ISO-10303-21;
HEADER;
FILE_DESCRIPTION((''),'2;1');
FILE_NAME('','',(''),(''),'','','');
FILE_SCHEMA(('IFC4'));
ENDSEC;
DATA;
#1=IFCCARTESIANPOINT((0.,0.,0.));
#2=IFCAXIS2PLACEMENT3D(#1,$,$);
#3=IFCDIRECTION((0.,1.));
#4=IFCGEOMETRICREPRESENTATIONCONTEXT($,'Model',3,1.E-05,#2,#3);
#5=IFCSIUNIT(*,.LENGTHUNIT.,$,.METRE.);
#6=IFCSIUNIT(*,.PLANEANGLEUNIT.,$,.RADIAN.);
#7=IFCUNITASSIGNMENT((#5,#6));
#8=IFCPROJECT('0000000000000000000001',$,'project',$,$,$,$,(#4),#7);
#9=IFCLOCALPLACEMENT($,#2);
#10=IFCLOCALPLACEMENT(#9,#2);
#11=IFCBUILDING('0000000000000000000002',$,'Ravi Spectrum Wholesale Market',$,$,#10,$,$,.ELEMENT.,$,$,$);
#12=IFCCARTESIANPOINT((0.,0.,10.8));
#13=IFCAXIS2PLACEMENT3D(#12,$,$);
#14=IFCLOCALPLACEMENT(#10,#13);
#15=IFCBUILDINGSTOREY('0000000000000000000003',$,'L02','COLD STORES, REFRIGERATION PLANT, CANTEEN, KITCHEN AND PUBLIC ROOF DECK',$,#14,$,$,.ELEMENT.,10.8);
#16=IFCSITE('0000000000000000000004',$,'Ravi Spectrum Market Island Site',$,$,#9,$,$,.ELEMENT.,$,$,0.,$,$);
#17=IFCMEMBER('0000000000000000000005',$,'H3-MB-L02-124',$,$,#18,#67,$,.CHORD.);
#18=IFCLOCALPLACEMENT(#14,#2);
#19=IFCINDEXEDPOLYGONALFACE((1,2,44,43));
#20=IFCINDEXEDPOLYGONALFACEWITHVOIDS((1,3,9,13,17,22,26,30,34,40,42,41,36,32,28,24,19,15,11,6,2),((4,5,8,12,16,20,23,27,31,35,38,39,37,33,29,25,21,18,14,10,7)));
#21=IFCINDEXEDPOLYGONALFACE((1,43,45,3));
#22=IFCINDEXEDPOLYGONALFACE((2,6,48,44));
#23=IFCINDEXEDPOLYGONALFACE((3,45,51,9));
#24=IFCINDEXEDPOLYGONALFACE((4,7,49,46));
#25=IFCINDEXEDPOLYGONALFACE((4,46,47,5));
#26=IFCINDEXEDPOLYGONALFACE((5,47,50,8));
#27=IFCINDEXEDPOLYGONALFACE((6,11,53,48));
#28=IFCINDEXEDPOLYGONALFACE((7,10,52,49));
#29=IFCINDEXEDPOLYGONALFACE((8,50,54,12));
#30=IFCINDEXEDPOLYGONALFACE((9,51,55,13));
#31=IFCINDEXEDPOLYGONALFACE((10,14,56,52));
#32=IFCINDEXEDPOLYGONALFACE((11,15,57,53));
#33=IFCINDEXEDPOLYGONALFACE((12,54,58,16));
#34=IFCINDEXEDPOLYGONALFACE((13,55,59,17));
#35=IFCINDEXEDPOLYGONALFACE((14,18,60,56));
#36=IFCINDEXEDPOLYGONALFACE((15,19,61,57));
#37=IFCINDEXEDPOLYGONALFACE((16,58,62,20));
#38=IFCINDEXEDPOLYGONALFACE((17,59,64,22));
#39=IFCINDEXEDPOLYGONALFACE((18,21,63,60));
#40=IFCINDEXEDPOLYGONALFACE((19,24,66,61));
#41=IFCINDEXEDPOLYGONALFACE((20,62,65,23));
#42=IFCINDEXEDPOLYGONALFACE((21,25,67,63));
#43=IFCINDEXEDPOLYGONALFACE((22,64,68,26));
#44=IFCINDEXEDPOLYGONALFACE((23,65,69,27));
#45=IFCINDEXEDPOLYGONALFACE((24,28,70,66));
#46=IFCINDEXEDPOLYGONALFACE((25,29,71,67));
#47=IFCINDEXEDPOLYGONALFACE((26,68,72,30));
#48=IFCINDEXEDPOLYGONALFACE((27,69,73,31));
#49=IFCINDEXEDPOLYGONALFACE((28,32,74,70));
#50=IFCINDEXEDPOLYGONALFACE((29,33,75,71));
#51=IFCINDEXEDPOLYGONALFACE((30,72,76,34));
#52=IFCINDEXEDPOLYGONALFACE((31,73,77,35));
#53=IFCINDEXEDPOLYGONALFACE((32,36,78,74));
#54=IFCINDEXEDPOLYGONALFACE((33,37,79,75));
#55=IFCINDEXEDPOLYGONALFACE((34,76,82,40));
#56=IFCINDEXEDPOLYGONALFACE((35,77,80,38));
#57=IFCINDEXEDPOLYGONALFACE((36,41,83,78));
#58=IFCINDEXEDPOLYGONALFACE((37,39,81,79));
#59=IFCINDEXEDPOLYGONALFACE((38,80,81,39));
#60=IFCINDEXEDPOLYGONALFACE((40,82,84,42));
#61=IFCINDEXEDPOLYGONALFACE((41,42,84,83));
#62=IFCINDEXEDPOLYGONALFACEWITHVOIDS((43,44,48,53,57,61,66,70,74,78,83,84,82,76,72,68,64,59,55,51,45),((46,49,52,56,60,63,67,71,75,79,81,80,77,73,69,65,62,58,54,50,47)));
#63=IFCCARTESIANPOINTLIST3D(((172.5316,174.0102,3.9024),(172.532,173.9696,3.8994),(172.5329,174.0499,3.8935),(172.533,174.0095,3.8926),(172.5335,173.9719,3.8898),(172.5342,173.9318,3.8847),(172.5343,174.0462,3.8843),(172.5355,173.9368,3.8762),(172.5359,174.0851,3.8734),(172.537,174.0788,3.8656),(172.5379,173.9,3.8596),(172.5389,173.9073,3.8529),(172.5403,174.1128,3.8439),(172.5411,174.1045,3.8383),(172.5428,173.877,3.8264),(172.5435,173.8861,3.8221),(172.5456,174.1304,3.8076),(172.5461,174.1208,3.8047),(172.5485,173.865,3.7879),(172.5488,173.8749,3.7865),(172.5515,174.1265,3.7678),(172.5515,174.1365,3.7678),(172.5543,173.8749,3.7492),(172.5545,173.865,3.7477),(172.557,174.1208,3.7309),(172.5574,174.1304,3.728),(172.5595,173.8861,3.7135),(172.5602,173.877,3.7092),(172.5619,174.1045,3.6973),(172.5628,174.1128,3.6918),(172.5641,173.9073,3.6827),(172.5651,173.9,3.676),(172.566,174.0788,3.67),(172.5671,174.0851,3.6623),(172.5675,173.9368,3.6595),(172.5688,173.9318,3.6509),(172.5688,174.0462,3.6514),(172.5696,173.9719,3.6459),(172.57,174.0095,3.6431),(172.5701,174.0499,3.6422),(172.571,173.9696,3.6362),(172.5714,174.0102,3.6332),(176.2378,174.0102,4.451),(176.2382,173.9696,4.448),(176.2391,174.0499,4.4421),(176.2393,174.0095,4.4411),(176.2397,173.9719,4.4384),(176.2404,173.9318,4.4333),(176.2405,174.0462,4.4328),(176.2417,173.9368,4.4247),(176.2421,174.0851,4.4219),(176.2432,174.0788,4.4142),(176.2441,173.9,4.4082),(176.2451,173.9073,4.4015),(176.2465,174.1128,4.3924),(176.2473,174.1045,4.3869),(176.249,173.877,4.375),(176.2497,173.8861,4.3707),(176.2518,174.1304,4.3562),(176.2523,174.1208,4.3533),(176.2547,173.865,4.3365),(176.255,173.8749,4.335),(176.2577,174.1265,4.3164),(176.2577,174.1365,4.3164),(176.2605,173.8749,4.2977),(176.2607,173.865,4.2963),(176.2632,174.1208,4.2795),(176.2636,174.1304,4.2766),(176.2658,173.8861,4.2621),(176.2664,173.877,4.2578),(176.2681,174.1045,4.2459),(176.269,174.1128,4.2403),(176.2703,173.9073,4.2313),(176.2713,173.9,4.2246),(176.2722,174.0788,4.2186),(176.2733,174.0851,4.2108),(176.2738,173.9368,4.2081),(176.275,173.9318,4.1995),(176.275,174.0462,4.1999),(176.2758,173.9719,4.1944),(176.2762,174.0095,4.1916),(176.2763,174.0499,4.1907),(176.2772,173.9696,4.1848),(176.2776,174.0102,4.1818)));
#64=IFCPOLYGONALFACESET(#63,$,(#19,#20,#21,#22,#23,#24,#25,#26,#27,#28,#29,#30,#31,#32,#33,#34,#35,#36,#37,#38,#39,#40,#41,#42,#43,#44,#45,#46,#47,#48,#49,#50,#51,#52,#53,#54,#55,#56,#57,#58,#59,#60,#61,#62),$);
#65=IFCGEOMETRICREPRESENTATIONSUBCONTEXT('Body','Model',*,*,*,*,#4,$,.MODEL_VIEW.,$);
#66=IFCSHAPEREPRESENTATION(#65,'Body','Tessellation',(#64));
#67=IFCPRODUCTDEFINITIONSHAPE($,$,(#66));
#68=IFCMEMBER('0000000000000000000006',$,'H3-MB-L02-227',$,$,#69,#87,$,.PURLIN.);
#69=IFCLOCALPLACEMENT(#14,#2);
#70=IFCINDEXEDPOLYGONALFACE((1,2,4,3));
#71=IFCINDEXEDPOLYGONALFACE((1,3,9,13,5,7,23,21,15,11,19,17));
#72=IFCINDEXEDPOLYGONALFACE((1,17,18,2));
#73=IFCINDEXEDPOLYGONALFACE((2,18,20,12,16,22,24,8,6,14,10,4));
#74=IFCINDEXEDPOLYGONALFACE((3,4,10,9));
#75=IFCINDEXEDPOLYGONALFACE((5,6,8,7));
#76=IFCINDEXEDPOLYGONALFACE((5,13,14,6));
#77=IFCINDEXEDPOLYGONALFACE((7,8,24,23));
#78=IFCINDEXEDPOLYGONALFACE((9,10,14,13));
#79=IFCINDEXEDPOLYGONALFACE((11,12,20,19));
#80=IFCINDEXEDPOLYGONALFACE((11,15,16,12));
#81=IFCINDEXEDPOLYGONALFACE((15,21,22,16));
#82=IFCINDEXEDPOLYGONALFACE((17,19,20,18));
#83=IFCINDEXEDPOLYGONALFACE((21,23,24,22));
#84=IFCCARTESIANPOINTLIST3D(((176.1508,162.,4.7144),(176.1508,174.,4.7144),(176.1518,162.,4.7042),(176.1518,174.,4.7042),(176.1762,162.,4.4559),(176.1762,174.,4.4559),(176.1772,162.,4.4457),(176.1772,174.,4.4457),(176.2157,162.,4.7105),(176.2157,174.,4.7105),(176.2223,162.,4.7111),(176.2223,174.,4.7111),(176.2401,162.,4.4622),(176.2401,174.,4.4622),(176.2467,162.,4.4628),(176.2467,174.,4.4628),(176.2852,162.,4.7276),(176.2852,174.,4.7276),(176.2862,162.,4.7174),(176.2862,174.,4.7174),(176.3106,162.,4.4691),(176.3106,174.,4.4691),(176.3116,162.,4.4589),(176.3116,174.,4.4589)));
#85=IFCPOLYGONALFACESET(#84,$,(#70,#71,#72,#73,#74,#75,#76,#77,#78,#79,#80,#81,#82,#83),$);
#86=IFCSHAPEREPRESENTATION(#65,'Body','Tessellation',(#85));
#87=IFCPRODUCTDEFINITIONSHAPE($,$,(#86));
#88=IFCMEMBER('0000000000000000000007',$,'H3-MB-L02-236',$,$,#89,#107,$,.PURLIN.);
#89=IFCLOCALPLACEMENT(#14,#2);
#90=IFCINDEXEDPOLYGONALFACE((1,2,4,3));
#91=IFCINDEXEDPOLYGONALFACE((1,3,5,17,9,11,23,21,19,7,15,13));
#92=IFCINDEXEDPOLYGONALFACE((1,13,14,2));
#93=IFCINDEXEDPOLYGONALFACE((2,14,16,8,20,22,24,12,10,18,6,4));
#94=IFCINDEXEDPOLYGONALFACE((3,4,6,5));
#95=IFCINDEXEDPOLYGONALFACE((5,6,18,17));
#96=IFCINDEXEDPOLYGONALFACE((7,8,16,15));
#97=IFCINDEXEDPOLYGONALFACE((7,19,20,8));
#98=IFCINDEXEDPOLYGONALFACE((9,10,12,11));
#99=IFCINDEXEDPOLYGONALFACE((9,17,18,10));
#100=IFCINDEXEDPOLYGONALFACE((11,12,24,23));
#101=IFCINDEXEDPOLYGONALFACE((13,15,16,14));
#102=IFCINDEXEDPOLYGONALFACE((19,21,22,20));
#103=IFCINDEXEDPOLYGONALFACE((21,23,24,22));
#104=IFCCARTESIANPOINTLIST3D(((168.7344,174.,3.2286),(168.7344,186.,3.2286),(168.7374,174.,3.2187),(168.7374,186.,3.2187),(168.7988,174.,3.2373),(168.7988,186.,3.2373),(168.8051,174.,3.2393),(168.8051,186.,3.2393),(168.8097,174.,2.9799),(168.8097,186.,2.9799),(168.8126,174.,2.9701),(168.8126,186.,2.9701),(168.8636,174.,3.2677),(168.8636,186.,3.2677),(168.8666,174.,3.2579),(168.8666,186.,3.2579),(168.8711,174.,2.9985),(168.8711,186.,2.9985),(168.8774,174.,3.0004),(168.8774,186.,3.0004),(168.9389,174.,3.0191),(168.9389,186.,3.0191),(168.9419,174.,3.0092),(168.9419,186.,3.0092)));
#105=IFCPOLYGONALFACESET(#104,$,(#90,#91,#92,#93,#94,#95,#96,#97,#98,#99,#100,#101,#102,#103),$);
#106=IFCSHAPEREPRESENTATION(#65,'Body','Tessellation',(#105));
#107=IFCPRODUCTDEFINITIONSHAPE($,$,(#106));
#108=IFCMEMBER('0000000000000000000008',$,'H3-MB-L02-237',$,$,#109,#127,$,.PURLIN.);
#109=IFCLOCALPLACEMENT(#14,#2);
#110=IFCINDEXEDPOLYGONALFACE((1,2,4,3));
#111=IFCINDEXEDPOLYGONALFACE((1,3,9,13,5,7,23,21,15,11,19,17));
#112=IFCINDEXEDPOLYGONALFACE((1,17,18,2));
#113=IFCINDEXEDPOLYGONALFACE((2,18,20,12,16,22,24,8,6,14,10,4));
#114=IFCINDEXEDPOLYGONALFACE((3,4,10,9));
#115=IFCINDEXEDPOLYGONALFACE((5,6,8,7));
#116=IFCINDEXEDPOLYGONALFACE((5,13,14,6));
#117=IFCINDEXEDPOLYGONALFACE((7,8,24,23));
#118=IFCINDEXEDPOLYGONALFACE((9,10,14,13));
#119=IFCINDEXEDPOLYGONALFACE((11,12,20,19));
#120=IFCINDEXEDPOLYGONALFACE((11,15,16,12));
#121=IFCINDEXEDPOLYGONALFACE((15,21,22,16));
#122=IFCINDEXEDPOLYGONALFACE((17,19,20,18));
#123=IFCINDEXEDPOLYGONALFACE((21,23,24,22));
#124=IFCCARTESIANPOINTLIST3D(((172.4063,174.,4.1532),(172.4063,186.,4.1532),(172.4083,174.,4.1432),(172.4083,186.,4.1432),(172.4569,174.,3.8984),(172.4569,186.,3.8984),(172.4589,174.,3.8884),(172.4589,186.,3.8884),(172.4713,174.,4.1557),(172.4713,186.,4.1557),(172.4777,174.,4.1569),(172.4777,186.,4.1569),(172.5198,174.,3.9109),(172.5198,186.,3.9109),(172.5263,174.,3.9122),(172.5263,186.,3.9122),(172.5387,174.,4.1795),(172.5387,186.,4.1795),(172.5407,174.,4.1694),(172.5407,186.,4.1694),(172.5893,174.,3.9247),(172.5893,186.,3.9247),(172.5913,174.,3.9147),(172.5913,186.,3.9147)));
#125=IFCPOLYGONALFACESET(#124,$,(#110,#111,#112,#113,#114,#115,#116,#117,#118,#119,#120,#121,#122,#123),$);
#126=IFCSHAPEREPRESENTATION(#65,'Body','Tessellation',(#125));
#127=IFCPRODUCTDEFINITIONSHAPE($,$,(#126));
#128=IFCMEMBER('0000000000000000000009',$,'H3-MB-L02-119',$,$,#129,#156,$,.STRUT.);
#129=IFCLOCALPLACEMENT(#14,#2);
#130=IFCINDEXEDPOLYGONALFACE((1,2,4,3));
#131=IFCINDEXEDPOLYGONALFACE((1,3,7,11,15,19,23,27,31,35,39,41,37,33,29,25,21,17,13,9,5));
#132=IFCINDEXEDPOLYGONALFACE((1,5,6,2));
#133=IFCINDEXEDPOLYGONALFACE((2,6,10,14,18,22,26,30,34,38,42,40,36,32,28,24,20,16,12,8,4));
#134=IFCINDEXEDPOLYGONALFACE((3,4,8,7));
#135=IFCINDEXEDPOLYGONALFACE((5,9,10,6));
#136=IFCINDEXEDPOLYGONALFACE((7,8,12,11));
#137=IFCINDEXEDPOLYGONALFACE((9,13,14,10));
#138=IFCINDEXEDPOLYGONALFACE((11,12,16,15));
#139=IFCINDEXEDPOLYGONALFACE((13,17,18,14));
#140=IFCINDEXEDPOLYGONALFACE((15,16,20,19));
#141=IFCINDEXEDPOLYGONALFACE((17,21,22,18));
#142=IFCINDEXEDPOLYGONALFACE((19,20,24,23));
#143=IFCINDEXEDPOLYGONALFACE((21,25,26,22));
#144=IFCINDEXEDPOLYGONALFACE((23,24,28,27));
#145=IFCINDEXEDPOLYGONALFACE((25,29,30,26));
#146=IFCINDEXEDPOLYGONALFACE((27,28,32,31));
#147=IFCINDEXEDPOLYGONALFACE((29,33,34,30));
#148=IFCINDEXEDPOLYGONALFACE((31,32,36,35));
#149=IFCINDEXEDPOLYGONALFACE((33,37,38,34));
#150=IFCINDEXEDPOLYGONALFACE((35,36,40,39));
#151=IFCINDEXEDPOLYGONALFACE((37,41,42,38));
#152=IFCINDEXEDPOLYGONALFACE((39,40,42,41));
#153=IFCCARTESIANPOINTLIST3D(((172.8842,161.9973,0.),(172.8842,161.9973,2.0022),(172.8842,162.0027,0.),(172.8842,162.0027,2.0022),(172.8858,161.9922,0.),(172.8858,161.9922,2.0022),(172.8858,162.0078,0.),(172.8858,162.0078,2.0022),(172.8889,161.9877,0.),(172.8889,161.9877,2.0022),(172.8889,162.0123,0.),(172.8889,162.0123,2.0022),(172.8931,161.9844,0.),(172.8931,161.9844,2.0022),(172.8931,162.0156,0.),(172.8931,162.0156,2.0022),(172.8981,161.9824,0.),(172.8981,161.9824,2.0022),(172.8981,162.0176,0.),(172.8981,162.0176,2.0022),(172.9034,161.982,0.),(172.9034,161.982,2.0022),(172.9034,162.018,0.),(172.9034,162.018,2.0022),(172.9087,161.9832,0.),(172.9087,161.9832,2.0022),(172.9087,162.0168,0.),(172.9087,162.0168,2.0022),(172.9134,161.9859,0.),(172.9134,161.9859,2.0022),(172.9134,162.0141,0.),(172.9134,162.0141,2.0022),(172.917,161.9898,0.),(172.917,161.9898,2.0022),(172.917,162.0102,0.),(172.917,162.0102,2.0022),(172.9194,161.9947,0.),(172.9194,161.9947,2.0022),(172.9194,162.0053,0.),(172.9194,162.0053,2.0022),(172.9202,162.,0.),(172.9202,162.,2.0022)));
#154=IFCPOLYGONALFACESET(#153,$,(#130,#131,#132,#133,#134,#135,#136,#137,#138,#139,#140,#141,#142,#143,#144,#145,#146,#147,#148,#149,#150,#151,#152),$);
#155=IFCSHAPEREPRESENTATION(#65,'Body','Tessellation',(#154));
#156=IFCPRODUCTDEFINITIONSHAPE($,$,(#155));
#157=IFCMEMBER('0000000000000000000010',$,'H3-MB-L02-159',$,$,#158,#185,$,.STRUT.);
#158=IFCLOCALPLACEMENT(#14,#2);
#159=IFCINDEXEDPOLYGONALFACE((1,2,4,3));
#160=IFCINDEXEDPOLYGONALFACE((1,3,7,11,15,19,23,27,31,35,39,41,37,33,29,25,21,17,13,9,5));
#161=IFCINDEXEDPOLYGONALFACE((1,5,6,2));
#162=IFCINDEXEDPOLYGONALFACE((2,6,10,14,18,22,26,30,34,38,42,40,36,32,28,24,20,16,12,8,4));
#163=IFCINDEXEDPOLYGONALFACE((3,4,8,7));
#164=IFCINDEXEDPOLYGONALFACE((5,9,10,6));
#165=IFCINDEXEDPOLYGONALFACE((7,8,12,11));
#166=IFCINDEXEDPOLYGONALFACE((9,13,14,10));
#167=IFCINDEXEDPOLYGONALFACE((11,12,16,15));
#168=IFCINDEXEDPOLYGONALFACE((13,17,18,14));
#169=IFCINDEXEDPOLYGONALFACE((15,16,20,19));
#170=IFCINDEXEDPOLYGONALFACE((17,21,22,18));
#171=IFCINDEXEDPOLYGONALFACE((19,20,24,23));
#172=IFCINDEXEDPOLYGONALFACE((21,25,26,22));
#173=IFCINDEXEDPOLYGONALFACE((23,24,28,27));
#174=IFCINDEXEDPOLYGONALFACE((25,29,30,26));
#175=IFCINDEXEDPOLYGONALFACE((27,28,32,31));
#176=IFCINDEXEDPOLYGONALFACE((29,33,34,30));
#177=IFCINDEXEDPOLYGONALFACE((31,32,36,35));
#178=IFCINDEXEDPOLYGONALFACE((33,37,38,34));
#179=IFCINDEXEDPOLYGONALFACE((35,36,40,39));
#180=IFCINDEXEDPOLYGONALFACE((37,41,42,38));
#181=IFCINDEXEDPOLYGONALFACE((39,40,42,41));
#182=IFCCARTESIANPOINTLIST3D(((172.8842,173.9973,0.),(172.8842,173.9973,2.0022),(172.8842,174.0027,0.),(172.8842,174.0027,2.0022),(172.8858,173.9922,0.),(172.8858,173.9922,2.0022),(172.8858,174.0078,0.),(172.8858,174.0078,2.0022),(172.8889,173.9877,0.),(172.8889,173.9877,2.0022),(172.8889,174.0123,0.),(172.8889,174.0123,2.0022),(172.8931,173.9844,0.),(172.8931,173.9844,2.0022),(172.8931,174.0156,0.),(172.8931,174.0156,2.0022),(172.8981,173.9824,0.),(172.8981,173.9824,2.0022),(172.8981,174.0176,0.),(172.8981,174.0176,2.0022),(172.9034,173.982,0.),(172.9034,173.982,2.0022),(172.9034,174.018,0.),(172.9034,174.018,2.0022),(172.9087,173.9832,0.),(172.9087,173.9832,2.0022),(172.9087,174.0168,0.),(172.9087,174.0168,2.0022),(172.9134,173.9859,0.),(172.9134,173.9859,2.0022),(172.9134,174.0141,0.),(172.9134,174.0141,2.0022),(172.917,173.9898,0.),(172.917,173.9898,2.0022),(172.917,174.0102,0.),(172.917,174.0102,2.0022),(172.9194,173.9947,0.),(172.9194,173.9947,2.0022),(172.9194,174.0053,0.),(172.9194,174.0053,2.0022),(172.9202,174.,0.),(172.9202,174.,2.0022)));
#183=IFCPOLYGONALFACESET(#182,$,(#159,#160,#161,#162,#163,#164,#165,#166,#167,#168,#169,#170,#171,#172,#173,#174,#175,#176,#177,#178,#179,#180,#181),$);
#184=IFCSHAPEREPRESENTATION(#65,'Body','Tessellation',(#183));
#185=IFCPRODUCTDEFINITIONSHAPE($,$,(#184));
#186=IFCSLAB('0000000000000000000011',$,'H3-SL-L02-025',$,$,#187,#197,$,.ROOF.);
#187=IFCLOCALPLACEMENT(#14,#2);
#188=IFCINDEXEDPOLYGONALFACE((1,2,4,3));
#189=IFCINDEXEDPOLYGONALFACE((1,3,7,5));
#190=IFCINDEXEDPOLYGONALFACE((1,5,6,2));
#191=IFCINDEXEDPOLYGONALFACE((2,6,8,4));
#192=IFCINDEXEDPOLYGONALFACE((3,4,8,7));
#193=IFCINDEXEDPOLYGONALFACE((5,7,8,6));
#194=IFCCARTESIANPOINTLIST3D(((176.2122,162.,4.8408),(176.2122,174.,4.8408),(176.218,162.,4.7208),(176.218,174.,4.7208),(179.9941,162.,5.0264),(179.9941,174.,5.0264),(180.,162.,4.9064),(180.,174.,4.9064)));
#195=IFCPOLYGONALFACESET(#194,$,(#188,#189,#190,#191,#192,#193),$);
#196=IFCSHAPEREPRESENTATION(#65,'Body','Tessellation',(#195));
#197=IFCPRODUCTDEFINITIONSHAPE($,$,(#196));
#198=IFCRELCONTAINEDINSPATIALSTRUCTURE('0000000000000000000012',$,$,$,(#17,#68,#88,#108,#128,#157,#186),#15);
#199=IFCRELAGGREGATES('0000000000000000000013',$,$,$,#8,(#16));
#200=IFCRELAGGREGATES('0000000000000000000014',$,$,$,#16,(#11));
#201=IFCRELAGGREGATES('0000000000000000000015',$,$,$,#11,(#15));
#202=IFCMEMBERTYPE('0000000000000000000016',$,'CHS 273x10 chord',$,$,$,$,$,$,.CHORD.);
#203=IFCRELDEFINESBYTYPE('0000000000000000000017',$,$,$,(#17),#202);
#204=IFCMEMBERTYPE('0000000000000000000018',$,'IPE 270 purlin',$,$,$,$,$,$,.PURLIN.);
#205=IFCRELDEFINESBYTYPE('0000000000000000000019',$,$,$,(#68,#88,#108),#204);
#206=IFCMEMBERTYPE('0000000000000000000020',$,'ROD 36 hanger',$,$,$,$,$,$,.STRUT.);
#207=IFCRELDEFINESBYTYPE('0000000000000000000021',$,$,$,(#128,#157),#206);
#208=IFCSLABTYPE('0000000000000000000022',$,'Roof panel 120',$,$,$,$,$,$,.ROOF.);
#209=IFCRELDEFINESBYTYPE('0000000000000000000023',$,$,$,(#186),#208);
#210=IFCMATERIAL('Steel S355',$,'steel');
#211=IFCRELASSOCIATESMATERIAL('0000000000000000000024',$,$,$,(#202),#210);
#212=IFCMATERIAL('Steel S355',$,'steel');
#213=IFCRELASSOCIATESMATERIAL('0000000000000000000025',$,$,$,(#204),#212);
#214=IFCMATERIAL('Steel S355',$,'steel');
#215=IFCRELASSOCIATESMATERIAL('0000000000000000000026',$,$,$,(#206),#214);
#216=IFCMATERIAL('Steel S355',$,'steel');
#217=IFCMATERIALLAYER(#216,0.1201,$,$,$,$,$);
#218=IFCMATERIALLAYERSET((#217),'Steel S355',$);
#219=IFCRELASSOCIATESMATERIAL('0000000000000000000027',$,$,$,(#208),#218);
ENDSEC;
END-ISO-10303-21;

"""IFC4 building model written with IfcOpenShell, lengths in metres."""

from ifc_helpers import new_model, si_unit, direction, frame, origin, origin_2d, place, context, subcontext, project, spatial, polyline, circle, hollow_circle, i_section, outline, extrude, material, layer, layer_set, material_profile, profile_set, type_object, element, save


model = new_model("IFC4")

# Units and contexts
model_context = context("Model", 3, precision=1e-05, world=origin(), true_north=direction((0.0, 1.0)))
body_context = subcontext(model_context, "Body", "Model", "MODEL_VIEW")
ifc_project = project(units=[si_unit("LENGTHUNIT", "METRE"), si_unit("PLANEANGLEUNIT", "RADIAN")], contexts=[model_context])

# Site, building, storey
site_placement = place(None, origin())
site = spatial("IfcSite", under=ifc_project, at=site_placement, Name="Ravi Spectrum Market Island Site", CompositionType="ELEMENT", RefElevation=0.0)
building_placement = place(site_placement, origin())
building = spatial("IfcBuilding", under=site, at=building_placement, Name="Ravi Spectrum Wholesale Market", CompositionType="ELEMENT")
storey_placement = place(building_placement, frame((0.0, 0.0, 10.8)))
storey = spatial("IfcBuildingStorey", under=building, at=storey_placement, Name="L02", Description="COLD STORES, REFRIGERATION PLANT, CANTEEN, KITCHEN AND PUBLIC ROOF DECK", CompositionType="ELEMENT", Elevation=10.8)

# Members
ifc_material_1 = material(Name="Steel S355", Category="steel")
ifc_material_profile_1 = material_profile(ifc_material_1, hollow_circle(Radius=0.1365, WallThickness=0.01, at=origin_2d()))
ifc_profile_set_1 = profile_set([ifc_material_profile_1], Name="Steel S355")
member_type_1 = type_object("IfcMemberType", Name="CHS 273x10 chord", PredefinedType="CHORD", material=ifc_profile_set_1)
for number, where, z_axis, x_axis, name in (
    (1, (172.5515, 174.0, 3.7678), (0.989223, 0.0, 0.146419), (0.0, 1.0, 0.0), "H3-MB-L02-124"),
):
    element("IfcMember", number, at=place(storey_placement, frame(where, z_axis=z_axis, x_axis=x_axis)), inside=storey, type_object=member_type_1, Name=name, PredefinedType="CHORD", context=body_context, shape_type="SweptSolid", body=[
        extrude(hollow_circle(Radius=0.1365, WallThickness=0.01, at=origin_2d()), origin(), (0.0, 0.0, 1.0), 3.7466),
    ])
ifc_material_2 = material(Name="Steel S355", Category="steel")
ifc_material_profile_2 = material_profile(ifc_material_2, i_section(OverallWidth=0.135, OverallDepth=0.27, WebThickness=0.0066, FlangeThickness=0.0103, at=origin_2d()))
ifc_profile_set_2 = profile_set([ifc_material_profile_2], Name="Steel S355")
member_type_2 = type_object("IfcMemberType", Name="IPE 270 purlin", PredefinedType="PURLIN", material=ifc_profile_set_2)
for number, where, z_axis, x_axis, name in (
    (2, (176.2312, 162.0, 4.5867), (0.0, 1.0, 0.0), (-0.995203, 0.0, -0.097835), "H3-MB-L02-227"),
    (3, (168.8381, 174.0, 3.1189), (0.0, 1.0, 0.0), (-0.9571, 0.0, -0.289758), "H3-MB-L02-236"),
    (4, (172.4988, 174.0, 4.0339), (0.0, 1.0, 0.0), (-0.980857, 0.0, -0.194731), "H3-MB-L02-237"),
):
    element("IfcMember", number, at=place(storey_placement, frame(where, z_axis=z_axis, x_axis=x_axis)), inside=storey, type_object=member_type_2, Name=name, PredefinedType="PURLIN", context=body_context, shape_type="SweptSolid", body=[
        extrude(i_section(OverallWidth=0.135, OverallDepth=0.27, WebThickness=0.0066, FlangeThickness=0.0103, at=origin_2d()), origin(), (0.0, 0.0, 1.0), 12.0),
    ])
ifc_material_3 = material(Name="Steel S355", Category="steel")
ifc_material_profile_3 = material_profile(ifc_material_3, circle(Radius=0.0181, at=origin_2d()))
ifc_profile_set_3 = profile_set([ifc_material_profile_3], Name="Steel S355")
member_type_3 = type_object("IfcMemberType", Name="ROD 36 hanger", PredefinedType="STRUT", material=ifc_profile_set_3)
for number, where, z_axis, x_axis, name in (
    (5, (172.9021, 162.0, 0.0), (0.0, 0.0, 1.0), (1.0, 0.0, 0.0), "H3-MB-L02-119"),
    (6, (172.9021, 174.0, 0.0), (0.0, 0.0, 1.0), (1.0, 0.0, 0.0), "H3-MB-L02-159"),
):
    element("IfcMember", number, at=place(storey_placement, frame(where, z_axis=z_axis, x_axis=x_axis)), inside=storey, type_object=member_type_3, Name=name, PredefinedType="STRUT", context=body_context, shape_type="SweptSolid", body=[
        extrude(circle(Radius=0.0181, at=origin_2d()), origin(), (0.0, 0.0, 1.0), 2.0022),
    ])

# Slab
ifc_material_4 = material(Name="Steel S355", Category="steel")
ifc_layer_1 = layer(ifc_material_4, 0.1201)
ifc_layer_set_1 = layer_set([ifc_layer_1], Name="Steel S355")
slab_type = type_object("IfcSlabType", Name="Roof panel 120", PredefinedType="ROOF", material=ifc_layer_set_1)
slab_1_placement = place(storey_placement, frame((176.2122, 162.0, 4.8408), z_axis=(-0.049002, 0.0, 0.998799), x_axis=(0.998799, 0.0, 0.049002)))
element("IfcSlab", 7, at=slab_1_placement, inside=storey, type_object=slab_type, Name="H3-SL-L02-025", PredefinedType="ROOF", context=body_context, shape_type="SweptSolid", body=[
    extrude(outline(polyline([(0.0, 0.0), (3.7865, 0.0), (3.7865, 12.0), (0.0, 12.0), (0.0, 0.0)])), origin(), (0.0, 0.0, -1.0), 0.1201),
])

save(model, "model.ifc")
